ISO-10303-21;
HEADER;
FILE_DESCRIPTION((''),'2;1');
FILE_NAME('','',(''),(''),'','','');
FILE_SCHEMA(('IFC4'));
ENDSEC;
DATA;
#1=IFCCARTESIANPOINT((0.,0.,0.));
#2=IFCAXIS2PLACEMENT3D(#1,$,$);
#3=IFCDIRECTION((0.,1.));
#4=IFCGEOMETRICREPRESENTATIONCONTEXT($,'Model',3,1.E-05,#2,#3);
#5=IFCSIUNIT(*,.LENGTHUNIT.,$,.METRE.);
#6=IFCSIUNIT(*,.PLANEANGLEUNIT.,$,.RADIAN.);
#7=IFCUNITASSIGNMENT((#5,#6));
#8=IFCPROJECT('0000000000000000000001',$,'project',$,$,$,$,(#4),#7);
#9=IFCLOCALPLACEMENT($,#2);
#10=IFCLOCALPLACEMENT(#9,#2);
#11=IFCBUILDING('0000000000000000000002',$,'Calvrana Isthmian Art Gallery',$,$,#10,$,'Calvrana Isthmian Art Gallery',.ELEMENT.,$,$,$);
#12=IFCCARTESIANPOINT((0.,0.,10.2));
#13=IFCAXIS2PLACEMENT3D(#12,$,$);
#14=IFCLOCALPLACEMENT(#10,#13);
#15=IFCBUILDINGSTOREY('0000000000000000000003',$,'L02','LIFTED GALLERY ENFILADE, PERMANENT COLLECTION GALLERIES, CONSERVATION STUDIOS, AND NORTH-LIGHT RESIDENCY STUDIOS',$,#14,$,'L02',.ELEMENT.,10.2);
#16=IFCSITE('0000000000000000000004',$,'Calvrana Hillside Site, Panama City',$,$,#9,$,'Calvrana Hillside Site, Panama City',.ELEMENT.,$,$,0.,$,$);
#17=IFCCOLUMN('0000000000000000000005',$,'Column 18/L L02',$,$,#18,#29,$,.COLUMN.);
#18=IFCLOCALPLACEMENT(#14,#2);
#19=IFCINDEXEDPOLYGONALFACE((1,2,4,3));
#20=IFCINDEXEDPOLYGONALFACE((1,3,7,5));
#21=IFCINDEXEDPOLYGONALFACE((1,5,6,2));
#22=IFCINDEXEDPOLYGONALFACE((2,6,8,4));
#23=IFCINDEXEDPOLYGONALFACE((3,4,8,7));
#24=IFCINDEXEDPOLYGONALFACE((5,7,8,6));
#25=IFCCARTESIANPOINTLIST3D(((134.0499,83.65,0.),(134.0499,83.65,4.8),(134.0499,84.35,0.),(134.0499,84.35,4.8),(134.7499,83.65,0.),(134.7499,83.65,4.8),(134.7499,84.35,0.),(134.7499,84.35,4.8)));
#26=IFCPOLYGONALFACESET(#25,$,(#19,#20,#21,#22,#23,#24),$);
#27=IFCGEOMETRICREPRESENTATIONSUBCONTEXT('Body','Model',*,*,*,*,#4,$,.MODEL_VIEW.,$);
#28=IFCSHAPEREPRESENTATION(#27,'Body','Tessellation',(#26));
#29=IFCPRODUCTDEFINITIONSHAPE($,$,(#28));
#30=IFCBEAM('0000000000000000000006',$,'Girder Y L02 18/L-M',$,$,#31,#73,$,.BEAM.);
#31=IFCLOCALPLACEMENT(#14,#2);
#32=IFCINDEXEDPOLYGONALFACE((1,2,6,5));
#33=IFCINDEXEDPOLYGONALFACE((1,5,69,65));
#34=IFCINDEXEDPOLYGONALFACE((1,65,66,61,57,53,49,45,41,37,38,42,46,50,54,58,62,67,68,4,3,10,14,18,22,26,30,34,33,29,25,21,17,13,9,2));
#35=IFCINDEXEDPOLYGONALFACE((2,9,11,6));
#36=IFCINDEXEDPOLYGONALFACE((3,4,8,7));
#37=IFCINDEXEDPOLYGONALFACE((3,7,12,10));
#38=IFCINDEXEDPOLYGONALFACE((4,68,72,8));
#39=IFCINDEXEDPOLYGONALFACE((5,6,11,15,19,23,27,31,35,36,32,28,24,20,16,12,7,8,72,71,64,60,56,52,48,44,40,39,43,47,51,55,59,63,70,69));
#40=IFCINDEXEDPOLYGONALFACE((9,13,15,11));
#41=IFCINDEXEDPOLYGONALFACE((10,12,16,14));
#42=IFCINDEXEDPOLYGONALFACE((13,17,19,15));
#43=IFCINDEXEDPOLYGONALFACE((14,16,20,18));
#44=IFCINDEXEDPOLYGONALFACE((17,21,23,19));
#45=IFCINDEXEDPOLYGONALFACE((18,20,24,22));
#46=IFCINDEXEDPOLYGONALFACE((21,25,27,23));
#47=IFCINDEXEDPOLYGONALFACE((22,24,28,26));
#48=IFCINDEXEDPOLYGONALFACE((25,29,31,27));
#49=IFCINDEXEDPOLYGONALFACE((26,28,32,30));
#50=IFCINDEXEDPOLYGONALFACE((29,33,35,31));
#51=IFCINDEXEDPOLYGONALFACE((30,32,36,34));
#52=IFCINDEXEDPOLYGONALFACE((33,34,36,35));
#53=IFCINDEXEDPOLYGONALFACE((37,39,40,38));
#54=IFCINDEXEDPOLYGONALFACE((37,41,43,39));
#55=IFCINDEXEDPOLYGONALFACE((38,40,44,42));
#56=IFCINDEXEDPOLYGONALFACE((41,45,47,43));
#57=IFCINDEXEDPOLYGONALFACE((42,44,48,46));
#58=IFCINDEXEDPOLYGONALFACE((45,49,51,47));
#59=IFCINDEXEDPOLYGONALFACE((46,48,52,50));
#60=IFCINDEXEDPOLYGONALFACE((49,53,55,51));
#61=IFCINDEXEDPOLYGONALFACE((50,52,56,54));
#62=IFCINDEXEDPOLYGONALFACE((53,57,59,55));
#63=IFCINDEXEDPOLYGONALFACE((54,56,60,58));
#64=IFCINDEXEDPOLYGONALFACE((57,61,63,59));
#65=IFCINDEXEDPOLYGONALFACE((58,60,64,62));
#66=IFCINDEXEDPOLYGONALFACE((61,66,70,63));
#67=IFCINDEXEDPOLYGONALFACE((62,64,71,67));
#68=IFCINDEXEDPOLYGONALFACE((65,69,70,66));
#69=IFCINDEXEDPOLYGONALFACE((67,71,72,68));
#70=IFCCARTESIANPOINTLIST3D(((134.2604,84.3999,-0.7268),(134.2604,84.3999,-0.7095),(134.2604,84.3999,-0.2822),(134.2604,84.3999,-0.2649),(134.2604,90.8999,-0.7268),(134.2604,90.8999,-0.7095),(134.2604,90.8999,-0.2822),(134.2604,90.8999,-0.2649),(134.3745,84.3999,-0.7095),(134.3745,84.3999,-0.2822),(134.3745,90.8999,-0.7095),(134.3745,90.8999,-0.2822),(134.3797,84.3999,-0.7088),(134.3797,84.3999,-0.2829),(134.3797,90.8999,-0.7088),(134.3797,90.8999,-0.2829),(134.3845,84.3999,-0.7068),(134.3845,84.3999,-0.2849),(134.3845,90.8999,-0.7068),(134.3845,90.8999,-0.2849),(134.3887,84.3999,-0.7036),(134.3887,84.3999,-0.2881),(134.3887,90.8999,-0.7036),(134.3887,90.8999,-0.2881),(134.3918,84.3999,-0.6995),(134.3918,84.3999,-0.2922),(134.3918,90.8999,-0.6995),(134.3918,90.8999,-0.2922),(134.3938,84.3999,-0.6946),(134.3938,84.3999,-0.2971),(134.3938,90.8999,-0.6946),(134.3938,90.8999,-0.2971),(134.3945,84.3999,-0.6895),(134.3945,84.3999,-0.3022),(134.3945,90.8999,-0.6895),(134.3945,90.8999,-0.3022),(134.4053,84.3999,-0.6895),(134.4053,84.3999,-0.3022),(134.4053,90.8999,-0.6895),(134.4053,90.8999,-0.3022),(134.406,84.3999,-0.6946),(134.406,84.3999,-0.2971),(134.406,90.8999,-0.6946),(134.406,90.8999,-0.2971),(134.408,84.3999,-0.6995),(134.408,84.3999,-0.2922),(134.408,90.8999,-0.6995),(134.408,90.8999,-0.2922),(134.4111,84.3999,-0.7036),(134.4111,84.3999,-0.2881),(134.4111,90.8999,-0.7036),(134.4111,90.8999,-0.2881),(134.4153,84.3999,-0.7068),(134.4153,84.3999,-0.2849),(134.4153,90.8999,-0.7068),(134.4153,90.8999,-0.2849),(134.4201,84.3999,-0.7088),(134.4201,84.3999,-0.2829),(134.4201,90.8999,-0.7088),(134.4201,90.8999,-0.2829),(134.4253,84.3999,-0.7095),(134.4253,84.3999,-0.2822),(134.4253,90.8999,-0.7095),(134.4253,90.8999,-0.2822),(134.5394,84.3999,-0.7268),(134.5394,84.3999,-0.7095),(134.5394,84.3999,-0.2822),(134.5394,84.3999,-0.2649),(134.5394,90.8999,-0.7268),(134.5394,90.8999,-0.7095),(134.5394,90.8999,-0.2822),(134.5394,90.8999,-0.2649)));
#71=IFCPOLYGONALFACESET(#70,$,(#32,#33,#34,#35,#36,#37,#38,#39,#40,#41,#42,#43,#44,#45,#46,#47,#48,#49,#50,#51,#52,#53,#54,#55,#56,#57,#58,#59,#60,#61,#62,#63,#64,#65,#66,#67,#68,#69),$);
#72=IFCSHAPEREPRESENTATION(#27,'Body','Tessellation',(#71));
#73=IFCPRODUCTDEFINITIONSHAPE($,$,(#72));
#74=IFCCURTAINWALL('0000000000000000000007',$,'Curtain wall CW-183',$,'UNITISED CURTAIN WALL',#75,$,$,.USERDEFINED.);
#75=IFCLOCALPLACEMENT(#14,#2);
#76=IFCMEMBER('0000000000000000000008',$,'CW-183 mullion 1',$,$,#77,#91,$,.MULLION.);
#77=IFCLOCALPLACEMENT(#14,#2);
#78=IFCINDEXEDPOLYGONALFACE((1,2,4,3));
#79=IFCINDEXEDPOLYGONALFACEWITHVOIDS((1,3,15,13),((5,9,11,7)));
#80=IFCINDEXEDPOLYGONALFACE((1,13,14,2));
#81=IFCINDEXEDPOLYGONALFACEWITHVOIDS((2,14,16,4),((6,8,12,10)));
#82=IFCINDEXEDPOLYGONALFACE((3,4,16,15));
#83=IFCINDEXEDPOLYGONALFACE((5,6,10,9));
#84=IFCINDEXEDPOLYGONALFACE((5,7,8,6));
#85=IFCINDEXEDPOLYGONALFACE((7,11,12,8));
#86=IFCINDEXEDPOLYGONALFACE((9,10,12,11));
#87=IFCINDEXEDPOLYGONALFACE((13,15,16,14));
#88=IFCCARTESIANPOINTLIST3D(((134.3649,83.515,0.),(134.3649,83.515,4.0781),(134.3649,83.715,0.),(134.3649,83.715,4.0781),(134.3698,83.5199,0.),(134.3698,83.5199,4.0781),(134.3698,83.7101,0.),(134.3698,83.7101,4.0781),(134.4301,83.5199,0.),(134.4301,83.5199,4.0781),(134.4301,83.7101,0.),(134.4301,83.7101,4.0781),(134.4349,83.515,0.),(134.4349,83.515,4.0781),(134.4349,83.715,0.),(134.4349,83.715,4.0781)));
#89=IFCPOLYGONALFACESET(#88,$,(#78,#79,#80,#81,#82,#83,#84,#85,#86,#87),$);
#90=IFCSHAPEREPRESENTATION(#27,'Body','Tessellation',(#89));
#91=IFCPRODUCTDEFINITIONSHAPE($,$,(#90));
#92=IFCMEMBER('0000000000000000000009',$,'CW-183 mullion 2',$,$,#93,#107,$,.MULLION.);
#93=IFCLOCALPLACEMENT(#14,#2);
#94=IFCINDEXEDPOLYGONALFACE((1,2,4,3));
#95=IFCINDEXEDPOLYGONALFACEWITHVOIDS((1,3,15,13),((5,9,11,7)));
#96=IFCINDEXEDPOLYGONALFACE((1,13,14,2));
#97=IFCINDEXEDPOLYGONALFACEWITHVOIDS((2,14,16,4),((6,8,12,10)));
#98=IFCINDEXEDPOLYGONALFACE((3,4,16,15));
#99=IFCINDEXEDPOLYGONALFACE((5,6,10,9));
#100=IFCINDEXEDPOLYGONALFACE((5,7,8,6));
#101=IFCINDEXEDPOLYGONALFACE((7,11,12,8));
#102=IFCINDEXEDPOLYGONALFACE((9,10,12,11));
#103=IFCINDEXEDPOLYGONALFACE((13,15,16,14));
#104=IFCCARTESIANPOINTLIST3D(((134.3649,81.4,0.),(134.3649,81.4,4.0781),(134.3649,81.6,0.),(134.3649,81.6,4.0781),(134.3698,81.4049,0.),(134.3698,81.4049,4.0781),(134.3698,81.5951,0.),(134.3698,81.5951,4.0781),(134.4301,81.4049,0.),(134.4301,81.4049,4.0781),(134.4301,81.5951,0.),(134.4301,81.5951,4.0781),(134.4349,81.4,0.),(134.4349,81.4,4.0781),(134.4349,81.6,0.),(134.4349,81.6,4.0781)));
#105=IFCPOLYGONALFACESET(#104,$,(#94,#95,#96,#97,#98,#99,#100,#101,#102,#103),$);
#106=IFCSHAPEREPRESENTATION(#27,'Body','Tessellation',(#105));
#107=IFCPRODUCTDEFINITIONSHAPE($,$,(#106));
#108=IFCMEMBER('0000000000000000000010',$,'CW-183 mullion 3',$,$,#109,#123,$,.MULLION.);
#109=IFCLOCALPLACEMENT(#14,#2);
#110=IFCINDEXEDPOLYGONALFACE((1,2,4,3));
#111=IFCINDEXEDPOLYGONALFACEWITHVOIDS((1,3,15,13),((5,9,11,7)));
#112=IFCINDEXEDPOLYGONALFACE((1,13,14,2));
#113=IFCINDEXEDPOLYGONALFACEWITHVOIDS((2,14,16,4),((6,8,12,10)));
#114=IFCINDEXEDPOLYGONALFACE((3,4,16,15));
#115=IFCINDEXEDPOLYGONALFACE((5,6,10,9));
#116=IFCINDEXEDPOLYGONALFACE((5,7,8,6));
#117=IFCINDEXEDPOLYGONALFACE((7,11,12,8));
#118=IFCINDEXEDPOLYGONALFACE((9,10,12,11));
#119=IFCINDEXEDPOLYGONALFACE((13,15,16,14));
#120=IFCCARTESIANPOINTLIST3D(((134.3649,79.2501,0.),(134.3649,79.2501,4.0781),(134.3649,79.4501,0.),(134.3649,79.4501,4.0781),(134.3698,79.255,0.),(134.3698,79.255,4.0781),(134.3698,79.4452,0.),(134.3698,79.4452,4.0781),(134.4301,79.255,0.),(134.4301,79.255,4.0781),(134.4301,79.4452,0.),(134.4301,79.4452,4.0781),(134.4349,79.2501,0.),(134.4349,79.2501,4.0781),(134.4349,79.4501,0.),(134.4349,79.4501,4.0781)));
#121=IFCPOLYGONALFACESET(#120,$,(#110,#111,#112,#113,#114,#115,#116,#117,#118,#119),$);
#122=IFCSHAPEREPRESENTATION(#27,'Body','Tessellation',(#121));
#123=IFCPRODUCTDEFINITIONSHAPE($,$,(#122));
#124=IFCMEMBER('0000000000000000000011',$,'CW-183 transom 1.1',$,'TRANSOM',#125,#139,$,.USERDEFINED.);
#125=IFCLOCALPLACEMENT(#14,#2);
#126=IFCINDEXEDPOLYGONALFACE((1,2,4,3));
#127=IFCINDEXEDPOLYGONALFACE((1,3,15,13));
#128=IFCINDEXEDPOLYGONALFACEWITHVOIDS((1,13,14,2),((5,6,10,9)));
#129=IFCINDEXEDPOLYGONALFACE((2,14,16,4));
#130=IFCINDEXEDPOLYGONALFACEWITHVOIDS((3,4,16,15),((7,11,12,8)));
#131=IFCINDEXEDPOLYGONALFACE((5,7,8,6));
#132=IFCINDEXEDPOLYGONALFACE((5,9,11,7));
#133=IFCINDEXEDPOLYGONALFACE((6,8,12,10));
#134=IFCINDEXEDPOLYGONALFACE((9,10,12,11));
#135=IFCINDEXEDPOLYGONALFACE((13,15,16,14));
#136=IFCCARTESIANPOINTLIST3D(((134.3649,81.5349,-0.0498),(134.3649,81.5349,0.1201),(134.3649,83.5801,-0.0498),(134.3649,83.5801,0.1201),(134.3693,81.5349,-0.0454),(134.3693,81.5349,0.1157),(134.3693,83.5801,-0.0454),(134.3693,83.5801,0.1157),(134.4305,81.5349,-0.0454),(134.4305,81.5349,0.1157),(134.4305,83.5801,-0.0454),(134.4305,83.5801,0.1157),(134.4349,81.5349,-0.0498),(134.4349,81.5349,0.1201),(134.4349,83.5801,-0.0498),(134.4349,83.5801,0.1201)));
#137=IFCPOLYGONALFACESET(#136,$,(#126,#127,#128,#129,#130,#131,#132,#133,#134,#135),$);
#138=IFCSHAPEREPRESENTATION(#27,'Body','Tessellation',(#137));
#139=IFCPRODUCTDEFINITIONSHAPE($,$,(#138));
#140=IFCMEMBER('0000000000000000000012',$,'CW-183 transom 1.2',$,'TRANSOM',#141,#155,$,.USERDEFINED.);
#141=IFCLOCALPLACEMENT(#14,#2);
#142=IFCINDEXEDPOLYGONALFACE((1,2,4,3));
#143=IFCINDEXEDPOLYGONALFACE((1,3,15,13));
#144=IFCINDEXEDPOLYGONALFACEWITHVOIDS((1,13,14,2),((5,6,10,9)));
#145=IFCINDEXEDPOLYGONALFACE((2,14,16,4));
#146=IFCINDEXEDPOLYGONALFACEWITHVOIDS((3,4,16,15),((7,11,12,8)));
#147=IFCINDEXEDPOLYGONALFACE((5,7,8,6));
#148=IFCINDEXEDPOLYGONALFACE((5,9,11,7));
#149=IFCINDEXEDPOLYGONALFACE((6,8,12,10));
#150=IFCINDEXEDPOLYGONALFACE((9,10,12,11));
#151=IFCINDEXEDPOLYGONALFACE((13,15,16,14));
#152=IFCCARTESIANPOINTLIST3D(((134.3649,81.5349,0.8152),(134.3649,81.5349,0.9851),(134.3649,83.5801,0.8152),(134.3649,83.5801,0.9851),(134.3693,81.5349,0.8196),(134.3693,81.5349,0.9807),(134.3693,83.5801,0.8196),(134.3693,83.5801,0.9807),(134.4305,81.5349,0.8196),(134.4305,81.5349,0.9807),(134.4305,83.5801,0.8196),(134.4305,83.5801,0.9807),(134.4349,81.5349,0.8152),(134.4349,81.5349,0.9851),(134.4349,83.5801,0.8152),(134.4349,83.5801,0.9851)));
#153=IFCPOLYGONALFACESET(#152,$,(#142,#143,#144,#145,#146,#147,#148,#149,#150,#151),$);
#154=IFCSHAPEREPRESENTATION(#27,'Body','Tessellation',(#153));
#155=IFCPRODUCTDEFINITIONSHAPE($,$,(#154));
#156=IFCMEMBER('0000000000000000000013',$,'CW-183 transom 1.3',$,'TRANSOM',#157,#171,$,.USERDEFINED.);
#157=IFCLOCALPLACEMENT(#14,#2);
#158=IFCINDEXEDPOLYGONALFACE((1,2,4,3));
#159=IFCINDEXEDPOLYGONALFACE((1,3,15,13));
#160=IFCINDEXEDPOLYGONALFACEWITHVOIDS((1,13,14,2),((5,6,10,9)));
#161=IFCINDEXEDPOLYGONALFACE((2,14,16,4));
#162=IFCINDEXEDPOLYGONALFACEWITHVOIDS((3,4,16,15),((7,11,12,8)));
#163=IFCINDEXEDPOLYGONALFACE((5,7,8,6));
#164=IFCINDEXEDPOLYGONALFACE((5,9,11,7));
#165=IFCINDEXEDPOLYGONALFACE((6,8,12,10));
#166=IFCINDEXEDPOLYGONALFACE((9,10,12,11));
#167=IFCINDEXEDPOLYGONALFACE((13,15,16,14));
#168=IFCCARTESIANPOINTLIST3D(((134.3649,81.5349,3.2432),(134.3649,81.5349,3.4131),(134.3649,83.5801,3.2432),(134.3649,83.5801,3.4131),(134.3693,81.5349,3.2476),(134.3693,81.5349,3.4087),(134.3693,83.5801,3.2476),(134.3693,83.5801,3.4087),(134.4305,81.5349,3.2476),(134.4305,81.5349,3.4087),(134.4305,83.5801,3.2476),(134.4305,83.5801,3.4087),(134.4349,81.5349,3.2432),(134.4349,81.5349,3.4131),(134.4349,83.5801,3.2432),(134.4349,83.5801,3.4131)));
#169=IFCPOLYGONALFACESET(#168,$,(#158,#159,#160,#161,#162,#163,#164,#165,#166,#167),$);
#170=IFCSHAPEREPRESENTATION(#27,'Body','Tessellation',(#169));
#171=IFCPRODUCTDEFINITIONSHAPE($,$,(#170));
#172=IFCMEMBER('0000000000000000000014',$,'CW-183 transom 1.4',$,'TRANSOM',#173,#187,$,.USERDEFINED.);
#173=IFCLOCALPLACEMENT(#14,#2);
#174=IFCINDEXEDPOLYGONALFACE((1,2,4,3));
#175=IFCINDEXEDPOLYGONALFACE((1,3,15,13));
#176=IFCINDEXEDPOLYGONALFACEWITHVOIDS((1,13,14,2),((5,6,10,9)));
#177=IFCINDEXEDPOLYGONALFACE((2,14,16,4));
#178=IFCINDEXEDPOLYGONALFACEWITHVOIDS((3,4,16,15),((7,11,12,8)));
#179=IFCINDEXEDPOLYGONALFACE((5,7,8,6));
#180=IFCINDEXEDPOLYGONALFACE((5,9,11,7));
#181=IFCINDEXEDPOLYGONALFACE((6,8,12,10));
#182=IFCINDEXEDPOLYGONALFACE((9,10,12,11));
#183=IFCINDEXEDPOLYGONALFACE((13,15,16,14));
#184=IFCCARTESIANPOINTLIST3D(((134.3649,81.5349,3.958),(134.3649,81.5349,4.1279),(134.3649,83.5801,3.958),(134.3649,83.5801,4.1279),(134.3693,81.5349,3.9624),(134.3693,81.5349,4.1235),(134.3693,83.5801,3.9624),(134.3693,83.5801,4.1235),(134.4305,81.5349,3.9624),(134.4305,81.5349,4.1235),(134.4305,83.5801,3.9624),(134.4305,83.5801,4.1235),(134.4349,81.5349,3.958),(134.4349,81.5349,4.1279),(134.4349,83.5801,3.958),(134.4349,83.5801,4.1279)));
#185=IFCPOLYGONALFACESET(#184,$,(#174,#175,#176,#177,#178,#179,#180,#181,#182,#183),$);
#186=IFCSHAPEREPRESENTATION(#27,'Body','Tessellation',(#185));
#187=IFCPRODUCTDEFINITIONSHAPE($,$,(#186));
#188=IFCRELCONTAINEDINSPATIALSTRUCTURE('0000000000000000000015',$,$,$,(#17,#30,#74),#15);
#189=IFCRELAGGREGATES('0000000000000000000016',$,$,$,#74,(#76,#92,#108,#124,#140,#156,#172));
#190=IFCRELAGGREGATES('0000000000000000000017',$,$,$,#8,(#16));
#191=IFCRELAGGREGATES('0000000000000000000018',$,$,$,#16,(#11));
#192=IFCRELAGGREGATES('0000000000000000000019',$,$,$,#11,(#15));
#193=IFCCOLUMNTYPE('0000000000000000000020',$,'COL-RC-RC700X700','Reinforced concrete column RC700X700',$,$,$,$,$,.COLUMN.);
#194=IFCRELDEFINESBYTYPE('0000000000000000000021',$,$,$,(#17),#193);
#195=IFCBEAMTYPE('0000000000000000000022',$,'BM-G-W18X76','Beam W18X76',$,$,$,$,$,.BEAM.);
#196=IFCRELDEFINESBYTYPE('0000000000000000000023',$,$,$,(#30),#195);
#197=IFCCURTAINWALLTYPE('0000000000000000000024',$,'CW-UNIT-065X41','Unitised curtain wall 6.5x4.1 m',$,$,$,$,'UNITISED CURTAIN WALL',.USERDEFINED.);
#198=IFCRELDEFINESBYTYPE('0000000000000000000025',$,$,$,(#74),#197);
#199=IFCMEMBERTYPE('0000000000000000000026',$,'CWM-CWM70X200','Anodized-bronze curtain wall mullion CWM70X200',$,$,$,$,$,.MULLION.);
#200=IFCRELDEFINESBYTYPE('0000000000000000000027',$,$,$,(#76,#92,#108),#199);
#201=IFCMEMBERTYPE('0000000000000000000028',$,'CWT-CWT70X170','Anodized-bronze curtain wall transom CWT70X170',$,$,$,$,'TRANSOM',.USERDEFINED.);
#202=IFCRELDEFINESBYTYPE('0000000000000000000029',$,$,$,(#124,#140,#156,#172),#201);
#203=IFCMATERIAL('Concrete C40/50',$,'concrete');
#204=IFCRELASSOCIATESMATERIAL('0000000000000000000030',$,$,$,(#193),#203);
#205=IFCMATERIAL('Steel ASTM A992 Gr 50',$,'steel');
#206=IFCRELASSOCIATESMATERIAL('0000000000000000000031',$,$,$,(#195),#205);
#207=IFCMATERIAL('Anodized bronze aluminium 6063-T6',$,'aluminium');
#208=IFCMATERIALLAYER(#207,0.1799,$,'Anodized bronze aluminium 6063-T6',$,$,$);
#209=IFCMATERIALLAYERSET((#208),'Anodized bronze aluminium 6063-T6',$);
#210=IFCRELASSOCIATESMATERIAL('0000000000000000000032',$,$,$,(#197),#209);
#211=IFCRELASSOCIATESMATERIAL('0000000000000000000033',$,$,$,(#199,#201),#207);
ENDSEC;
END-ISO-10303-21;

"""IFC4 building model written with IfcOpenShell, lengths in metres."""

from ifc_helpers import new_model, si_unit, direction, frame, origin, origin_2d, place, context, subcontext, project, spatial, rectangle, hollow_rectangle, i_section, extrude, material, layer, layer_set, material_profile, profile_set, type_object, element, aggregate, save


model = new_model("IFC4")

# Units and contexts
model_context = context("Model", 3, precision=1e-05, world=origin(), true_north=direction((0.0, 1.0)))
body_context = subcontext(model_context, "Body", "Model", "MODEL_VIEW")
ifc_project = project(units=[si_unit("LENGTHUNIT", "METRE"), si_unit("PLANEANGLEUNIT", "RADIAN")], contexts=[model_context])

# Site, building, storey
site_placement = place(None, origin())
site = spatial("IfcSite", under=ifc_project, at=site_placement, Name="Calvrana Hillside Site, Panama City", LongName="Calvrana Hillside Site, Panama City", CompositionType="ELEMENT", RefElevation=0.0)
building_placement = place(site_placement, origin())
building = spatial("IfcBuilding", under=site, at=building_placement, Name="Calvrana Isthmian Art Gallery", LongName="Calvrana Isthmian Art Gallery", CompositionType="ELEMENT")
storey_placement = place(building_placement, frame((0.0, 0.0, 10.2)))
storey = spatial("IfcBuildingStorey", under=building, at=storey_placement, Name="L02", Description="LIFTED GALLERY ENFILADE, PERMANENT COLLECTION GALLERIES, CONSERVATION STUDIOS, AND NORTH-LIGHT RESIDENCY STUDIOS", LongName="L02", CompositionType="ELEMENT", Elevation=10.2)

# Column
ifc_material_1 = material(Name="Concrete C40/50", Category="concrete")
ifc_material_profile_1 = material_profile(ifc_material_1, rectangle(XDim=0.7, YDim=0.7, at=origin_2d()), Name="RC700X700")
ifc_profile_set_1 = profile_set([ifc_material_profile_1], Name="Concrete C40/50")
column_type = type_object("IfcColumnType", Name="COL-RC-RC700X700", Description="Reinforced concrete column RC700X700", PredefinedType="COLUMN", material=ifc_profile_set_1)
column_placement = place(storey_placement, frame((134.3999, 84.0, 0.0), z_axis=(0.0, 0.0, 1.0), x_axis=(1.0, 0.0, 0.0)))
element("IfcColumn", 1, at=column_placement, inside=storey, type_object=column_type, Name="Column 18/L L02", PredefinedType="COLUMN", context=body_context, shape_type="SweptSolid", body=[
    extrude(rectangle(XDim=0.7, YDim=0.7, at=origin_2d()), origin(), (0.0, 0.0, 1.0), 4.8),
])

# Beam
ifc_material_2 = material(Name="Steel ASTM A992 Gr 50", Category="steel")
ifc_material_profile_2 = material_profile(ifc_material_2, i_section(OverallWidth=0.2791, OverallDepth=0.4619, WebThickness=0.0107, FlangeThickness=0.0173, FilletRadius=0.02, at=origin_2d()), Name="W18X76")
ifc_profile_set_2 = profile_set([ifc_material_profile_2], Name="Steel ASTM A992 Gr 50")
beam_type = type_object("IfcBeamType", Name="BM-G-W18X76", Description="Beam W18X76", PredefinedType="BEAM", material=ifc_profile_set_2)
beam_placement = place(storey_placement, frame((134.3999, 84.3999, -0.4958), z_axis=(0.0, 1.0, 0.0), x_axis=(-1.0, 0.0, 0.0)))
element("IfcBeam", 2, at=beam_placement, inside=storey, type_object=beam_type, Name="Girder Y L02 18/L-M", PredefinedType="BEAM", context=body_context, shape_type="SweptSolid", body=[
    extrude(i_section(OverallWidth=0.2791, OverallDepth=0.4619, WebThickness=0.0107, FlangeThickness=0.0173, FilletRadius=0.02, at=origin_2d()), origin(), (0.0, 0.0, 1.0), 6.5),
])

# Curtain wall, members
ifc_material_3 = material(Name="Anodized bronze aluminium 6063-T6", Category="aluminium")
ifc_layer_1 = layer(ifc_material_3, 0.1799, Name="Anodized bronze aluminium 6063-T6")
ifc_layer_set_1 = layer_set([ifc_layer_1], Name="Anodized bronze aluminium 6063-T6")
curtain_wall_type = type_object("IfcCurtainWallType", Name="CW-UNIT-065X41", Description="Unitised curtain wall 6.5x4.1 m", ElementType="UNITISED CURTAIN WALL", PredefinedType="USERDEFINED", material=ifc_layer_set_1)
curtain_wall_placement = place(storey_placement, origin())
curtain_wall = element("IfcCurtainWall", 3, at=curtain_wall_placement, inside=storey, type_object=curtain_wall_type, Name="Curtain wall CW-183", ObjectType="UNITISED CURTAIN WALL", PredefinedType="USERDEFINED")
ifc_material_profile_3 = material_profile(ifc_material_3, hollow_rectangle(XDim=0.0701, YDim=0.2, WallThickness=0.0049, at=origin_2d()), Name="CWM70X200")
ifc_profile_set_3 = profile_set([ifc_material_profile_3], Name="Anodized bronze aluminium 6063-T6")
member_type_1 = type_object("IfcMemberType", Name="CWM-CWM70X200", Description="Anodized-bronze curtain wall mullion CWM70X200", PredefinedType="MULLION", material=ifc_profile_set_3)
member_1_placement = place(storey_placement, frame((134.3999, 83.615, 0.0), z_axis=(0.0, 0.0, 1.0), x_axis=(1.0, 0.0, 0.0)))
member_1 = element("IfcMember", 4, at=member_1_placement, type_object=member_type_1, Name="CW-183 mullion 1", PredefinedType="MULLION", context=body_context, shape_type="SweptSolid", body=[
    extrude(hollow_rectangle(XDim=0.0701, YDim=0.2, WallThickness=0.0049, at=origin_2d()), origin(), (0.0, 0.0, 1.0), 4.0781),
])
member_2_placement = place(storey_placement, frame((134.3999, 81.5, 0.0), z_axis=(0.0, 0.0, 1.0), x_axis=(1.0, 0.0, 0.0)))
member_2 = element("IfcMember", 5, at=member_2_placement, type_object=member_type_1, Name="CW-183 mullion 2", PredefinedType="MULLION", context=body_context, shape_type="SweptSolid", body=[
    extrude(hollow_rectangle(XDim=0.0701, YDim=0.2, WallThickness=0.0049, at=origin_2d()), origin(), (0.0, 0.0, 1.0), 4.0781),
])
member_3_placement = place(storey_placement, frame((134.3999, 79.3501, 0.0), z_axis=(0.0, 0.0, 1.0), x_axis=(1.0, 0.0, 0.0)))
member_3 = element("IfcMember", 6, at=member_3_placement, type_object=member_type_1, Name="CW-183 mullion 3", PredefinedType="MULLION", context=body_context, shape_type="SweptSolid", body=[
    extrude(hollow_rectangle(XDim=0.0701, YDim=0.2, WallThickness=0.0049, at=origin_2d()), origin(), (0.0, 0.0, 1.0), 4.0781),
])
ifc_material_profile_4 = material_profile(ifc_material_3, hollow_rectangle(XDim=0.0701, YDim=0.1699, WallThickness=0.0044, at=origin_2d()), Name="CWT70X170")
ifc_profile_set_4 = profile_set([ifc_material_profile_4], Name="Anodized bronze aluminium 6063-T6")
member_type_2 = type_object("IfcMemberType", Name="CWT-CWT70X170", Description="Anodized-bronze curtain wall transom CWT70X170", ElementType="TRANSOM", PredefinedType="USERDEFINED", material=ifc_profile_set_4)
member_4_placement = place(storey_placement, frame((134.3999, 83.5801, 0.0352), z_axis=(0.0, -1.0, 0.0), x_axis=(1.0, 0.0, 0.0)))
member_4 = element("IfcMember", 7, at=member_4_placement, type_object=member_type_2, Name="CW-183 transom 1.1", ObjectType="TRANSOM", PredefinedType="USERDEFINED", context=body_context, shape_type="SweptSolid", body=[
    extrude(hollow_rectangle(XDim=0.0701, YDim=0.1699, WallThickness=0.0044, at=origin_2d()), origin(), (0.0, 0.0, 1.0), 2.0452),
])
member_5_placement = place(storey_placement, frame((134.3999, 83.5801, 0.9001), z_axis=(0.0, -1.0, 0.0), x_axis=(1.0, 0.0, 0.0)))
member_5 = element("IfcMember", 8, at=member_5_placement, type_object=member_type_2, Name="CW-183 transom 1.2", ObjectType="TRANSOM", PredefinedType="USERDEFINED", context=body_context, shape_type="SweptSolid", body=[
    extrude(hollow_rectangle(XDim=0.0701, YDim=0.1699, WallThickness=0.0044, at=origin_2d()), origin(), (0.0, 0.0, 1.0), 2.0452),
])
member_6_placement = place(storey_placement, frame((134.3999, 83.5801, 3.3281), z_axis=(0.0, -1.0, 0.0), x_axis=(1.0, 0.0, 0.0)))
member_6 = element("IfcMember", 9, at=member_6_placement, type_object=member_type_2, Name="CW-183 transom 1.3", ObjectType="TRANSOM", PredefinedType="USERDEFINED", context=body_context, shape_type="SweptSolid", body=[
    extrude(hollow_rectangle(XDim=0.0701, YDim=0.1699, WallThickness=0.0044, at=origin_2d()), origin(), (0.0, 0.0, 1.0), 2.0452),
])
member_7_placement = place(storey_placement, frame((134.3999, 83.5801, 4.043), z_axis=(0.0, -1.0, 0.0), x_axis=(1.0, 0.0, 0.0)))
member_7 = element("IfcMember", 10, at=member_7_placement, type_object=member_type_2, Name="CW-183 transom 1.4", ObjectType="TRANSOM", PredefinedType="USERDEFINED", context=body_context, shape_type="SweptSolid", body=[
    extrude(hollow_rectangle(XDim=0.0701, YDim=0.1699, WallThickness=0.0044, at=origin_2d()), origin(), (0.0, 0.0, 1.0), 2.0452),
])
aggregate(curtain_wall, [member_1, member_2, member_3, member_4, member_5, member_6, member_7])

save(model, "model.ifc")
